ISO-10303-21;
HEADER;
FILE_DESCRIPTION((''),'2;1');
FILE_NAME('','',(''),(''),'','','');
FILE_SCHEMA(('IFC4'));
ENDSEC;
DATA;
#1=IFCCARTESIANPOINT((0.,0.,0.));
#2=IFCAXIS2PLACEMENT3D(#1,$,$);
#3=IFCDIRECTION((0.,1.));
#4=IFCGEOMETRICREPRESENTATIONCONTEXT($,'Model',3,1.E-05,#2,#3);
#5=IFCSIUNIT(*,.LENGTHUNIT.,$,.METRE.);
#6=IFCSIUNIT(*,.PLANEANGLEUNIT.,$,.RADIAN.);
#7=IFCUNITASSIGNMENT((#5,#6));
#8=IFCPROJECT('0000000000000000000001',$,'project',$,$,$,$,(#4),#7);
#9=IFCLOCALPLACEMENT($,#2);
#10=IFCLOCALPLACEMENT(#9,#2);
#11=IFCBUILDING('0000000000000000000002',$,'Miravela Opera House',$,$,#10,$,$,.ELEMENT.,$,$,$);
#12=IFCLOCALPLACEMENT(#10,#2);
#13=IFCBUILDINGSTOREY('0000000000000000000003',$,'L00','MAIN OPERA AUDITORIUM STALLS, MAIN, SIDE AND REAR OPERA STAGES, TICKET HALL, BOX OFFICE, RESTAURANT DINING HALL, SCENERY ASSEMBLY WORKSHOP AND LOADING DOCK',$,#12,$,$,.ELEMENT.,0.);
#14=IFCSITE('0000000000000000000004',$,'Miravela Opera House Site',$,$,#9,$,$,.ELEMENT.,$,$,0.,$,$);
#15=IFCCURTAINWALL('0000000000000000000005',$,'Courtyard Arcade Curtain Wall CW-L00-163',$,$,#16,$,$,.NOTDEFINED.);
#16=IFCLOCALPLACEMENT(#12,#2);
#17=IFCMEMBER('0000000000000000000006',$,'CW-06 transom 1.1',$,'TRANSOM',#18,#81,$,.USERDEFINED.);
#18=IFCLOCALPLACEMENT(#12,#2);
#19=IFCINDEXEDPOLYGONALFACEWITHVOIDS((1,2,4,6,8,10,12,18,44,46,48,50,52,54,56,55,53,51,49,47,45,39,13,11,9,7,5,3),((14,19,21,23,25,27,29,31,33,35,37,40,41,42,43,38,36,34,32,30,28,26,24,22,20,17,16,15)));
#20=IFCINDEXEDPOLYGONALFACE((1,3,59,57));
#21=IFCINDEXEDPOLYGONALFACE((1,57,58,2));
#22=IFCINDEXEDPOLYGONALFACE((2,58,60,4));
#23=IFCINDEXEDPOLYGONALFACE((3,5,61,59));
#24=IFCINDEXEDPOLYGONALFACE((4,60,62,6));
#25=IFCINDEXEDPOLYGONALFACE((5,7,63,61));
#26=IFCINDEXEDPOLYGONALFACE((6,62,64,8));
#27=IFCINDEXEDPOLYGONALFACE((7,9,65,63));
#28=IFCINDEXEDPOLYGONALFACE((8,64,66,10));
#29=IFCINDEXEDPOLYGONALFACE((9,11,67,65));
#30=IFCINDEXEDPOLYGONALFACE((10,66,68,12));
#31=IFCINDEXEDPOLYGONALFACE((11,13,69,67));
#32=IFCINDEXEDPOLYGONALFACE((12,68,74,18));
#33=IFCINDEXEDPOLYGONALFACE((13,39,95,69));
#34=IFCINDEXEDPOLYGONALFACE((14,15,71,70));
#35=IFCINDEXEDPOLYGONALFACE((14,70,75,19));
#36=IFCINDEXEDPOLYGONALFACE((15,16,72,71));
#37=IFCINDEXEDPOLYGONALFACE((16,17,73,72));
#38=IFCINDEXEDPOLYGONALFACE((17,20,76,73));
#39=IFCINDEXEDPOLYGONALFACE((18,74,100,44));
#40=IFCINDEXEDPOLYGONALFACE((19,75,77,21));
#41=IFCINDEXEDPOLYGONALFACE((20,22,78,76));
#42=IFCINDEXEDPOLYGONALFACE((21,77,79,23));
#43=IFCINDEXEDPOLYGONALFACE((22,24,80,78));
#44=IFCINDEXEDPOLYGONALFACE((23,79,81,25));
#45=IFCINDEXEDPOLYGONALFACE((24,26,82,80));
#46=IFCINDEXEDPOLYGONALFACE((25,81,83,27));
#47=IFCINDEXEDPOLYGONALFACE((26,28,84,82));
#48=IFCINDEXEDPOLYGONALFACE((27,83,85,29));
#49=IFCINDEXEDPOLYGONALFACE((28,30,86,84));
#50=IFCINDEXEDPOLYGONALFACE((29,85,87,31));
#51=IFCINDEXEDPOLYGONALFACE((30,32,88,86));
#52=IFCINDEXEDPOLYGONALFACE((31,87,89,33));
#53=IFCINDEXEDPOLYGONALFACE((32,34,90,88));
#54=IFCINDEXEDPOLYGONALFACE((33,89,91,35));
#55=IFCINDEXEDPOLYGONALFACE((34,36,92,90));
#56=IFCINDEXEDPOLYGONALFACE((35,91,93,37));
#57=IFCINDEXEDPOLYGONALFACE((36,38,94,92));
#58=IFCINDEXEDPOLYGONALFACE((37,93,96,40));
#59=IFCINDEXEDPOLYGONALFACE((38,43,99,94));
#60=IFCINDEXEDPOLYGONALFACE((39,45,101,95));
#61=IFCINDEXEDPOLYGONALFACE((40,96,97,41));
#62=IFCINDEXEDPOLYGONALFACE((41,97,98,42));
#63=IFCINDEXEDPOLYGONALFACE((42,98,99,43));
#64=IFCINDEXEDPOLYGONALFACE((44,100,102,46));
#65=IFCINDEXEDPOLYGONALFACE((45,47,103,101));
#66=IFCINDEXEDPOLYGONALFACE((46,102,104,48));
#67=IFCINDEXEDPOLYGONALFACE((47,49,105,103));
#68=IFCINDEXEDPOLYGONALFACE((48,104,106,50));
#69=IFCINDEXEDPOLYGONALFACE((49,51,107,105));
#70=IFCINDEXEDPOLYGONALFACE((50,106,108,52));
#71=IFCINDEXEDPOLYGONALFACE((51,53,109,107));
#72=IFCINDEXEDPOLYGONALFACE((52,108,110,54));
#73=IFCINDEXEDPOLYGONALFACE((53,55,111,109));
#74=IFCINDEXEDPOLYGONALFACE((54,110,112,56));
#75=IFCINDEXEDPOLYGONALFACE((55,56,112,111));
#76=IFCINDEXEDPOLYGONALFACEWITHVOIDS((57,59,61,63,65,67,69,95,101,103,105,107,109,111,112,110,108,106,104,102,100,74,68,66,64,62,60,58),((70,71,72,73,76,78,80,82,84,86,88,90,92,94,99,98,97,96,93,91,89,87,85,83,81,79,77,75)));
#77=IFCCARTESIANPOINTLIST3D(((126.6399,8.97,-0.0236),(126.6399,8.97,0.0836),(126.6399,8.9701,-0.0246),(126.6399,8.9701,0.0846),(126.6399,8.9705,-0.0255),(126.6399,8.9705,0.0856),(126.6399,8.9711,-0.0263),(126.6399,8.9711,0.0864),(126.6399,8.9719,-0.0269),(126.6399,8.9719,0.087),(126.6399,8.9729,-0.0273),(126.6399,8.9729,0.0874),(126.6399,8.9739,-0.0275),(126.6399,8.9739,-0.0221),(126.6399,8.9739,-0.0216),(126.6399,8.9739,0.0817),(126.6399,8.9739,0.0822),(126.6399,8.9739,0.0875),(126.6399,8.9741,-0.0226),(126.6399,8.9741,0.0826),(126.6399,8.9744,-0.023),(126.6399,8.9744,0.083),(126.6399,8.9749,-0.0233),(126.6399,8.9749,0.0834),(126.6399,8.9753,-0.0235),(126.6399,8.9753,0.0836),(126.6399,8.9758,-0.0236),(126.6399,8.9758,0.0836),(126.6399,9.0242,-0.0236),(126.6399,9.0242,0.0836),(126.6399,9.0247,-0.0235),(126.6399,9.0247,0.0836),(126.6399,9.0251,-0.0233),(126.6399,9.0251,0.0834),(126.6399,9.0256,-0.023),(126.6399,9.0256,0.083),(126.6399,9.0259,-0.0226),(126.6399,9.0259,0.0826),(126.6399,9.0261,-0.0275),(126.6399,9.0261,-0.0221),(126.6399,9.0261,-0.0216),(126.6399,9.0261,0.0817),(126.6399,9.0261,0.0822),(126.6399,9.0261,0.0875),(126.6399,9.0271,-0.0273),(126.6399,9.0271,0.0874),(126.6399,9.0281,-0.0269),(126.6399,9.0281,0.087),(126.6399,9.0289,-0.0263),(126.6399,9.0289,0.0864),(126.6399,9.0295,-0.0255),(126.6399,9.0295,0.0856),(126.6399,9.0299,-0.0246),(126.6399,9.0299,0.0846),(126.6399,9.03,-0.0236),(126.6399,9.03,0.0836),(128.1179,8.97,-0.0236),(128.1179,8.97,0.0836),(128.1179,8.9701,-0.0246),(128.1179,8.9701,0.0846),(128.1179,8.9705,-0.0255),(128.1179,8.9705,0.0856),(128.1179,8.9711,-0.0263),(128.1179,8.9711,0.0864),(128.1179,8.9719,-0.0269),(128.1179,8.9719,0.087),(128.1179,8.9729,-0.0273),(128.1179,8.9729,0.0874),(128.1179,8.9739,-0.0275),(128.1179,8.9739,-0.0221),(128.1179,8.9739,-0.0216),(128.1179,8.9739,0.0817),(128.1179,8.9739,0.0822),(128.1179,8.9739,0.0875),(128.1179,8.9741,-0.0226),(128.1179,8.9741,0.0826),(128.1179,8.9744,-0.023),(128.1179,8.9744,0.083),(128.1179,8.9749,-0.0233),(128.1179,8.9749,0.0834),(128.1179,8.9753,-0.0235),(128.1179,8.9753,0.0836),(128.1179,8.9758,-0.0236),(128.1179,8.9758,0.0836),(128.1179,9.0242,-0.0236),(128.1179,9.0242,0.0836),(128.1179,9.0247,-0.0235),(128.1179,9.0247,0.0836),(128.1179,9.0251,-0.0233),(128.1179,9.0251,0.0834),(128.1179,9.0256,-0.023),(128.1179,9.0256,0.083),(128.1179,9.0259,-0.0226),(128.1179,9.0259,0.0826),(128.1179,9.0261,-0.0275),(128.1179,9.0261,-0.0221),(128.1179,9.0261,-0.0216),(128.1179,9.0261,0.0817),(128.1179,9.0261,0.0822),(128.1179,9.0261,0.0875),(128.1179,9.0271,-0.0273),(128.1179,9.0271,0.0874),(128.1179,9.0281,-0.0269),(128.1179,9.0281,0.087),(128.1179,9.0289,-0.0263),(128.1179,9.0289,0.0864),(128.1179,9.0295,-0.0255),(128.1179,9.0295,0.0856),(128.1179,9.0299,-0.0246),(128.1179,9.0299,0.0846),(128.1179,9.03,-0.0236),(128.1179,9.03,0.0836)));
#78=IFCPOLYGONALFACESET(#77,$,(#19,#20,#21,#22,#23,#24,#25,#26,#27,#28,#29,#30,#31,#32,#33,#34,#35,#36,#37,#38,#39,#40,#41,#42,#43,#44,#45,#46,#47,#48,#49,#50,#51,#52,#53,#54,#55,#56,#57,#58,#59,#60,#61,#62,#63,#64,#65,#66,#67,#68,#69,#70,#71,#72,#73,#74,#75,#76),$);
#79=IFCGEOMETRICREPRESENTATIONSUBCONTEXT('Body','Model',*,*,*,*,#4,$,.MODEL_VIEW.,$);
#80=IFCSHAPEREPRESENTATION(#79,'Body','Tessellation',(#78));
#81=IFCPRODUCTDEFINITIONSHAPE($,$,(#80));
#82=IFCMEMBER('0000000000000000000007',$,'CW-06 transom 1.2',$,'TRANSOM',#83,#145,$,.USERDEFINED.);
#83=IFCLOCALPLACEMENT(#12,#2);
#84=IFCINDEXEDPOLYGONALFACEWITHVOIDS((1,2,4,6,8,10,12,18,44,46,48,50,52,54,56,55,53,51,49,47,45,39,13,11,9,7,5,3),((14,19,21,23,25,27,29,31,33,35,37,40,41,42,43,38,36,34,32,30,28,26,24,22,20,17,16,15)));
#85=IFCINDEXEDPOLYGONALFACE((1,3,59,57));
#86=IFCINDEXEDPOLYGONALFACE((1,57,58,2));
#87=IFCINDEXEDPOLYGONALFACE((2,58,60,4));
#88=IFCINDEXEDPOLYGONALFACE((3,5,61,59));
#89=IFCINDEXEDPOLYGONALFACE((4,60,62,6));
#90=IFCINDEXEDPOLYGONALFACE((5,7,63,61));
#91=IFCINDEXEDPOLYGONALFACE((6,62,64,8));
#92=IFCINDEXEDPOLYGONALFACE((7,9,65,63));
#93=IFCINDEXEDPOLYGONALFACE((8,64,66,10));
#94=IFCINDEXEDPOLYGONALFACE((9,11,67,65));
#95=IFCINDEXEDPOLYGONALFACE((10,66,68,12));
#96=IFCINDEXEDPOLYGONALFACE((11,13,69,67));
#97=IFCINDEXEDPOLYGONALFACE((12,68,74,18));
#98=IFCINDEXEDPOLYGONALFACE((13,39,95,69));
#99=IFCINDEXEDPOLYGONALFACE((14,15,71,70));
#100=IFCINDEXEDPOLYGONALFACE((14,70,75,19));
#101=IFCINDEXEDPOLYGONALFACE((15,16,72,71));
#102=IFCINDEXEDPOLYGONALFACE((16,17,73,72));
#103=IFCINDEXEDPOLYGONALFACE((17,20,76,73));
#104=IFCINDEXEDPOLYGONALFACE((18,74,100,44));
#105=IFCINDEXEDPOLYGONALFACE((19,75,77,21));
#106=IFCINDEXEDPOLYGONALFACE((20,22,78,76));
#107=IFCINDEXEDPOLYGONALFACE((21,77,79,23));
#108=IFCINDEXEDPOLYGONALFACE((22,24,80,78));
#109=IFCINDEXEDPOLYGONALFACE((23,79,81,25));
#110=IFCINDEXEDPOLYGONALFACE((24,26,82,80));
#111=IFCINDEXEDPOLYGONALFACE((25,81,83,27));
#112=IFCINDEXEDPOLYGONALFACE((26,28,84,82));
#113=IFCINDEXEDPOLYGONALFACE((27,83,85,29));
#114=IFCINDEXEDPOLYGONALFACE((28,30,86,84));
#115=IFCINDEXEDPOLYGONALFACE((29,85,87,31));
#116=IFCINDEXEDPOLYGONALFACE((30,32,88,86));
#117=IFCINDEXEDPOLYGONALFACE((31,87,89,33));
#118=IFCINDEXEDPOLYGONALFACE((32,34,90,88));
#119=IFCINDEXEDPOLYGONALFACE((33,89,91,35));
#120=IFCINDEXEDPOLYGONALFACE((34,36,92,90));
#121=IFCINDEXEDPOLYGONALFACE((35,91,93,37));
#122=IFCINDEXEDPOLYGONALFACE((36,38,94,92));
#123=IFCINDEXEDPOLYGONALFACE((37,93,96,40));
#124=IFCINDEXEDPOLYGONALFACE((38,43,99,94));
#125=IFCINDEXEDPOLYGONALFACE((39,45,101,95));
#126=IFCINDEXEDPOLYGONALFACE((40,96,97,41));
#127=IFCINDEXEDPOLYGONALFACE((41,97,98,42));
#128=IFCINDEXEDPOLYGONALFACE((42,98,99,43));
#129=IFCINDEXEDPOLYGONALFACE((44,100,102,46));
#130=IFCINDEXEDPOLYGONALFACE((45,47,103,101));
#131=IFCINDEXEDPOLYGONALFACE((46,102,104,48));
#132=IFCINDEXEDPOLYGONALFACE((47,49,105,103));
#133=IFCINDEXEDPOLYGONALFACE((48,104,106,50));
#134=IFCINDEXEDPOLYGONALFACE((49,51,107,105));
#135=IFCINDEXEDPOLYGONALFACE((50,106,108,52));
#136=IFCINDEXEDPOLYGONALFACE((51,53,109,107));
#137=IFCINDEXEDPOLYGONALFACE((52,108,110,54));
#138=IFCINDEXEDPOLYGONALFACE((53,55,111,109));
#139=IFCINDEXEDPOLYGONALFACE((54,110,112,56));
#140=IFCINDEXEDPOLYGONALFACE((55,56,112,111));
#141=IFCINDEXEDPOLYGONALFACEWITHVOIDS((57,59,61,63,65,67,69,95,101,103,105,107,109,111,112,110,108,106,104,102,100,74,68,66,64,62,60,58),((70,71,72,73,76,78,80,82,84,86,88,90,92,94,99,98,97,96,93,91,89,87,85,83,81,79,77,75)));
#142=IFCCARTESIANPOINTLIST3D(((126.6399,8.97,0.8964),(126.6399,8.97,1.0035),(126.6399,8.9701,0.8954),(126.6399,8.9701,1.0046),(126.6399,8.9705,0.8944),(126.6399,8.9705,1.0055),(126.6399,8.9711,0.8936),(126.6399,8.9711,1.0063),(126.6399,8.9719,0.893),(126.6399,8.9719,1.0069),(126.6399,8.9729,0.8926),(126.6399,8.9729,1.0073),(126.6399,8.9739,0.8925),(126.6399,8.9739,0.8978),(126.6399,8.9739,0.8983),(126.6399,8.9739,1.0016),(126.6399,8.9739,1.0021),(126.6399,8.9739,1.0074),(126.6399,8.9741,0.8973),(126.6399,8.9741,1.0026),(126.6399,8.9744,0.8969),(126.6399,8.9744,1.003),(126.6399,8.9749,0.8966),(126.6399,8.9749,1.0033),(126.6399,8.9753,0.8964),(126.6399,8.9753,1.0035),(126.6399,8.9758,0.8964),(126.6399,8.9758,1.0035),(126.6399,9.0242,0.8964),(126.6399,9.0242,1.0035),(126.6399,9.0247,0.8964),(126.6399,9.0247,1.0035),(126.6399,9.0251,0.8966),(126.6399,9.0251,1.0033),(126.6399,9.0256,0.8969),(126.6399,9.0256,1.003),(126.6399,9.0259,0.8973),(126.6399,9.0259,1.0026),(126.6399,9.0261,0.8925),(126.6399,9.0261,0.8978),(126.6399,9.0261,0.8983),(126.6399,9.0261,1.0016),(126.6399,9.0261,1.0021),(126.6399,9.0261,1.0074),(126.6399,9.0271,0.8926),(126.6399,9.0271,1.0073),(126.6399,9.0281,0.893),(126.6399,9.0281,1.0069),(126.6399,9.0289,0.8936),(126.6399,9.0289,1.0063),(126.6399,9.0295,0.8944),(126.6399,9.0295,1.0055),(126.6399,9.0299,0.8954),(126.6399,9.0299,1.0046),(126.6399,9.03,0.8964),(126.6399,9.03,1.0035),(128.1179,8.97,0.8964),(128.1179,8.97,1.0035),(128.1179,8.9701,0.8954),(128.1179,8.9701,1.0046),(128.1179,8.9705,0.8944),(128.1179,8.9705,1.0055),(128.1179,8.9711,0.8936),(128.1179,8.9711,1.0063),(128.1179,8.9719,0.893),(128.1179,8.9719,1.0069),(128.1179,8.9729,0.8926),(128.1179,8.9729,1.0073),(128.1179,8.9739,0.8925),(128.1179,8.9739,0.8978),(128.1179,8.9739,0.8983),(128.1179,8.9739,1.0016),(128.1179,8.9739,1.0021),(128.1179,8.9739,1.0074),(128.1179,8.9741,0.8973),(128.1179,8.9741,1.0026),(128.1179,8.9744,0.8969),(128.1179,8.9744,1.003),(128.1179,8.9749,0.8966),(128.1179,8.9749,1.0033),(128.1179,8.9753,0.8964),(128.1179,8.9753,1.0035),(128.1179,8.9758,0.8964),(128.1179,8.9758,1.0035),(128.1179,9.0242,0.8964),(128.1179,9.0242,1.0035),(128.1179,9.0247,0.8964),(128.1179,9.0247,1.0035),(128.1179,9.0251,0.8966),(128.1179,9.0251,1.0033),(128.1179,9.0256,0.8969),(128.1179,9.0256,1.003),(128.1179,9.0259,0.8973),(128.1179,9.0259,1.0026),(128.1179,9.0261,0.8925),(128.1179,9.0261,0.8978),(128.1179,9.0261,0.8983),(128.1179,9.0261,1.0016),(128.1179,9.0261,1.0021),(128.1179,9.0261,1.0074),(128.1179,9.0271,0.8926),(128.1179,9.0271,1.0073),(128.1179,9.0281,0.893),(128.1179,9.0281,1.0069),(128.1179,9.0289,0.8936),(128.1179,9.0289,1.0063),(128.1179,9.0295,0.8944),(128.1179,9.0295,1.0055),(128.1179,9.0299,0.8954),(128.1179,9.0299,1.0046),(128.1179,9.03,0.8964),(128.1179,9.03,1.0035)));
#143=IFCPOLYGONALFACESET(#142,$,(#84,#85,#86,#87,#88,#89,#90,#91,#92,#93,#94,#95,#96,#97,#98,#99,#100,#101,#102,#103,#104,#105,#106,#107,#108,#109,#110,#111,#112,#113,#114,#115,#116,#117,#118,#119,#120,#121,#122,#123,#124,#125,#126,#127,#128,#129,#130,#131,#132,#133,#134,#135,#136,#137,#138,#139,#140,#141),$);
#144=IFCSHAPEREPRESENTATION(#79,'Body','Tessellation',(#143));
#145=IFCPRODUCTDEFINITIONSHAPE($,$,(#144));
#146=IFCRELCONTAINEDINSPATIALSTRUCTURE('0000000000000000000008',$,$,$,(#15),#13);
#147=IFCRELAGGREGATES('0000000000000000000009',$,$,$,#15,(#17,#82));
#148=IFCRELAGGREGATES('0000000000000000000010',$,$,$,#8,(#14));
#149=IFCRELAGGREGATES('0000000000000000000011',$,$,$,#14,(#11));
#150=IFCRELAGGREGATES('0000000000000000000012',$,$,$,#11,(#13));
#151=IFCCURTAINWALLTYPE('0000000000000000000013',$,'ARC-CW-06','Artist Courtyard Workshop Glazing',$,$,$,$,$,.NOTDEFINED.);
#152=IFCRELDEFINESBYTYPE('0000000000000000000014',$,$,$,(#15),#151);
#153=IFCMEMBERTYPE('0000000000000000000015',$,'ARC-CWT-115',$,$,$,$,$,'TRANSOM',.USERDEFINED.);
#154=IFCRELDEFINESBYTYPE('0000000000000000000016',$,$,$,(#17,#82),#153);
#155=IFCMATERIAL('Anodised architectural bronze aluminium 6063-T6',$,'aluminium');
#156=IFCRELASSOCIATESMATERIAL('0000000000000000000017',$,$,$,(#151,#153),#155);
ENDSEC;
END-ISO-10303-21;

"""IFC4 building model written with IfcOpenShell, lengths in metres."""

from ifc_helpers import new_model, si_unit, direction, frame, origin, origin_2d, place, context, subcontext, project, spatial, hollow_rectangle, extrude, material, material_profile, profile_set, type_object, element, aggregate, save


model = new_model("IFC4")

# Units and contexts
model_context = context("Model", 3, precision=1e-05, world=origin(), true_north=direction((0.0, 1.0)))
body_context = subcontext(model_context, "Body", "Model", "MODEL_VIEW")
ifc_project = project(units=[si_unit("LENGTHUNIT", "METRE"), si_unit("PLANEANGLEUNIT", "RADIAN")], contexts=[model_context])

# Site, building, storey
site_placement = place(None, origin())
site = spatial("IfcSite", under=ifc_project, at=site_placement, Name="Miravela Opera House Site", CompositionType="ELEMENT", RefElevation=0.0)
building_placement = place(site_placement, origin())
building = spatial("IfcBuilding", under=site, at=building_placement, Name="Miravela Opera House", CompositionType="ELEMENT")
storey_placement = place(building_placement, origin())
storey = spatial("IfcBuildingStorey", under=building, at=storey_placement, Name="L00", Description="MAIN OPERA AUDITORIUM STALLS, MAIN, SIDE AND REAR OPERA STAGES, TICKET HALL, BOX OFFICE, RESTAURANT DINING HALL, SCENERY ASSEMBLY WORKSHOP AND LOADING DOCK", CompositionType="ELEMENT", Elevation=0.0)

# Shared definitions
ifc_material_1 = material(Name="Anodised architectural bronze aluminium 6063-T6", Category="aluminium")
curtain_wall_type = type_object("IfcCurtainWallType", Name="ARC-CW-06", Description="Artist Courtyard Workshop Glazing", PredefinedType="NOTDEFINED", material=ifc_material_1)

# Curtain wall, members
curtain_wall_1_placement = place(storey_placement, origin())
curtain_wall_1 = element("IfcCurtainWall", 1, at=curtain_wall_1_placement, inside=storey, type_object=curtain_wall_type, Name="Courtyard Arcade Curtain Wall CW-L00-163", PredefinedType="NOTDEFINED")
ifc_material_profile_1 = material_profile(ifc_material_1, hollow_rectangle(XDim=0.0601, YDim=0.115, WallThickness=0.0039, InnerFilletRadius=0.002, OuterFilletRadius=0.0039, at=origin_2d()), Name="CWT-60X115")
ifc_profile_set_1 = profile_set([ifc_material_profile_1])
member_type_1 = type_object("IfcMemberType", Name="ARC-CWT-115", ElementType="TRANSOM", PredefinedType="USERDEFINED", material=ifc_profile_set_1)
member_1_placement = place(storey_placement, frame((126.6399, 9.0, 0.03), z_axis=(1.0, 0.0, 0.0), x_axis=(0.0, 1.0, 0.0)))
member_1 = element("IfcMember", 2, at=member_1_placement, type_object=member_type_1, Name="CW-06 transom 1.1", ObjectType="TRANSOM", PredefinedType="USERDEFINED", context=body_context, shape_type="SweptSolid", body=[
    extrude(hollow_rectangle(XDim=0.0601, YDim=0.115, WallThickness=0.0039, InnerFilletRadius=0.002, OuterFilletRadius=0.0039, at=origin_2d()), origin(), (0.0, 0.0, 1.0), 1.478),
])
member_2_placement = place(storey_placement, frame((126.6399, 9.0, 0.95), z_axis=(1.0, 0.0, 0.0), x_axis=(0.0, 1.0, 0.0)))
member_2 = element("IfcMember", 3, at=member_2_placement, type_object=member_type_1, Name="CW-06 transom 1.2", ObjectType="TRANSOM", PredefinedType="USERDEFINED", context=body_context, shape_type="SweptSolid", body=[
    extrude(hollow_rectangle(XDim=0.0601, YDim=0.115, WallThickness=0.0039, InnerFilletRadius=0.002, OuterFilletRadius=0.0039, at=origin_2d()), origin(), (0.0, 0.0, 1.0), 1.478),
])

aggregate(curtain_wall_1, [member_1, member_2])

save(model, "model.ifc")
